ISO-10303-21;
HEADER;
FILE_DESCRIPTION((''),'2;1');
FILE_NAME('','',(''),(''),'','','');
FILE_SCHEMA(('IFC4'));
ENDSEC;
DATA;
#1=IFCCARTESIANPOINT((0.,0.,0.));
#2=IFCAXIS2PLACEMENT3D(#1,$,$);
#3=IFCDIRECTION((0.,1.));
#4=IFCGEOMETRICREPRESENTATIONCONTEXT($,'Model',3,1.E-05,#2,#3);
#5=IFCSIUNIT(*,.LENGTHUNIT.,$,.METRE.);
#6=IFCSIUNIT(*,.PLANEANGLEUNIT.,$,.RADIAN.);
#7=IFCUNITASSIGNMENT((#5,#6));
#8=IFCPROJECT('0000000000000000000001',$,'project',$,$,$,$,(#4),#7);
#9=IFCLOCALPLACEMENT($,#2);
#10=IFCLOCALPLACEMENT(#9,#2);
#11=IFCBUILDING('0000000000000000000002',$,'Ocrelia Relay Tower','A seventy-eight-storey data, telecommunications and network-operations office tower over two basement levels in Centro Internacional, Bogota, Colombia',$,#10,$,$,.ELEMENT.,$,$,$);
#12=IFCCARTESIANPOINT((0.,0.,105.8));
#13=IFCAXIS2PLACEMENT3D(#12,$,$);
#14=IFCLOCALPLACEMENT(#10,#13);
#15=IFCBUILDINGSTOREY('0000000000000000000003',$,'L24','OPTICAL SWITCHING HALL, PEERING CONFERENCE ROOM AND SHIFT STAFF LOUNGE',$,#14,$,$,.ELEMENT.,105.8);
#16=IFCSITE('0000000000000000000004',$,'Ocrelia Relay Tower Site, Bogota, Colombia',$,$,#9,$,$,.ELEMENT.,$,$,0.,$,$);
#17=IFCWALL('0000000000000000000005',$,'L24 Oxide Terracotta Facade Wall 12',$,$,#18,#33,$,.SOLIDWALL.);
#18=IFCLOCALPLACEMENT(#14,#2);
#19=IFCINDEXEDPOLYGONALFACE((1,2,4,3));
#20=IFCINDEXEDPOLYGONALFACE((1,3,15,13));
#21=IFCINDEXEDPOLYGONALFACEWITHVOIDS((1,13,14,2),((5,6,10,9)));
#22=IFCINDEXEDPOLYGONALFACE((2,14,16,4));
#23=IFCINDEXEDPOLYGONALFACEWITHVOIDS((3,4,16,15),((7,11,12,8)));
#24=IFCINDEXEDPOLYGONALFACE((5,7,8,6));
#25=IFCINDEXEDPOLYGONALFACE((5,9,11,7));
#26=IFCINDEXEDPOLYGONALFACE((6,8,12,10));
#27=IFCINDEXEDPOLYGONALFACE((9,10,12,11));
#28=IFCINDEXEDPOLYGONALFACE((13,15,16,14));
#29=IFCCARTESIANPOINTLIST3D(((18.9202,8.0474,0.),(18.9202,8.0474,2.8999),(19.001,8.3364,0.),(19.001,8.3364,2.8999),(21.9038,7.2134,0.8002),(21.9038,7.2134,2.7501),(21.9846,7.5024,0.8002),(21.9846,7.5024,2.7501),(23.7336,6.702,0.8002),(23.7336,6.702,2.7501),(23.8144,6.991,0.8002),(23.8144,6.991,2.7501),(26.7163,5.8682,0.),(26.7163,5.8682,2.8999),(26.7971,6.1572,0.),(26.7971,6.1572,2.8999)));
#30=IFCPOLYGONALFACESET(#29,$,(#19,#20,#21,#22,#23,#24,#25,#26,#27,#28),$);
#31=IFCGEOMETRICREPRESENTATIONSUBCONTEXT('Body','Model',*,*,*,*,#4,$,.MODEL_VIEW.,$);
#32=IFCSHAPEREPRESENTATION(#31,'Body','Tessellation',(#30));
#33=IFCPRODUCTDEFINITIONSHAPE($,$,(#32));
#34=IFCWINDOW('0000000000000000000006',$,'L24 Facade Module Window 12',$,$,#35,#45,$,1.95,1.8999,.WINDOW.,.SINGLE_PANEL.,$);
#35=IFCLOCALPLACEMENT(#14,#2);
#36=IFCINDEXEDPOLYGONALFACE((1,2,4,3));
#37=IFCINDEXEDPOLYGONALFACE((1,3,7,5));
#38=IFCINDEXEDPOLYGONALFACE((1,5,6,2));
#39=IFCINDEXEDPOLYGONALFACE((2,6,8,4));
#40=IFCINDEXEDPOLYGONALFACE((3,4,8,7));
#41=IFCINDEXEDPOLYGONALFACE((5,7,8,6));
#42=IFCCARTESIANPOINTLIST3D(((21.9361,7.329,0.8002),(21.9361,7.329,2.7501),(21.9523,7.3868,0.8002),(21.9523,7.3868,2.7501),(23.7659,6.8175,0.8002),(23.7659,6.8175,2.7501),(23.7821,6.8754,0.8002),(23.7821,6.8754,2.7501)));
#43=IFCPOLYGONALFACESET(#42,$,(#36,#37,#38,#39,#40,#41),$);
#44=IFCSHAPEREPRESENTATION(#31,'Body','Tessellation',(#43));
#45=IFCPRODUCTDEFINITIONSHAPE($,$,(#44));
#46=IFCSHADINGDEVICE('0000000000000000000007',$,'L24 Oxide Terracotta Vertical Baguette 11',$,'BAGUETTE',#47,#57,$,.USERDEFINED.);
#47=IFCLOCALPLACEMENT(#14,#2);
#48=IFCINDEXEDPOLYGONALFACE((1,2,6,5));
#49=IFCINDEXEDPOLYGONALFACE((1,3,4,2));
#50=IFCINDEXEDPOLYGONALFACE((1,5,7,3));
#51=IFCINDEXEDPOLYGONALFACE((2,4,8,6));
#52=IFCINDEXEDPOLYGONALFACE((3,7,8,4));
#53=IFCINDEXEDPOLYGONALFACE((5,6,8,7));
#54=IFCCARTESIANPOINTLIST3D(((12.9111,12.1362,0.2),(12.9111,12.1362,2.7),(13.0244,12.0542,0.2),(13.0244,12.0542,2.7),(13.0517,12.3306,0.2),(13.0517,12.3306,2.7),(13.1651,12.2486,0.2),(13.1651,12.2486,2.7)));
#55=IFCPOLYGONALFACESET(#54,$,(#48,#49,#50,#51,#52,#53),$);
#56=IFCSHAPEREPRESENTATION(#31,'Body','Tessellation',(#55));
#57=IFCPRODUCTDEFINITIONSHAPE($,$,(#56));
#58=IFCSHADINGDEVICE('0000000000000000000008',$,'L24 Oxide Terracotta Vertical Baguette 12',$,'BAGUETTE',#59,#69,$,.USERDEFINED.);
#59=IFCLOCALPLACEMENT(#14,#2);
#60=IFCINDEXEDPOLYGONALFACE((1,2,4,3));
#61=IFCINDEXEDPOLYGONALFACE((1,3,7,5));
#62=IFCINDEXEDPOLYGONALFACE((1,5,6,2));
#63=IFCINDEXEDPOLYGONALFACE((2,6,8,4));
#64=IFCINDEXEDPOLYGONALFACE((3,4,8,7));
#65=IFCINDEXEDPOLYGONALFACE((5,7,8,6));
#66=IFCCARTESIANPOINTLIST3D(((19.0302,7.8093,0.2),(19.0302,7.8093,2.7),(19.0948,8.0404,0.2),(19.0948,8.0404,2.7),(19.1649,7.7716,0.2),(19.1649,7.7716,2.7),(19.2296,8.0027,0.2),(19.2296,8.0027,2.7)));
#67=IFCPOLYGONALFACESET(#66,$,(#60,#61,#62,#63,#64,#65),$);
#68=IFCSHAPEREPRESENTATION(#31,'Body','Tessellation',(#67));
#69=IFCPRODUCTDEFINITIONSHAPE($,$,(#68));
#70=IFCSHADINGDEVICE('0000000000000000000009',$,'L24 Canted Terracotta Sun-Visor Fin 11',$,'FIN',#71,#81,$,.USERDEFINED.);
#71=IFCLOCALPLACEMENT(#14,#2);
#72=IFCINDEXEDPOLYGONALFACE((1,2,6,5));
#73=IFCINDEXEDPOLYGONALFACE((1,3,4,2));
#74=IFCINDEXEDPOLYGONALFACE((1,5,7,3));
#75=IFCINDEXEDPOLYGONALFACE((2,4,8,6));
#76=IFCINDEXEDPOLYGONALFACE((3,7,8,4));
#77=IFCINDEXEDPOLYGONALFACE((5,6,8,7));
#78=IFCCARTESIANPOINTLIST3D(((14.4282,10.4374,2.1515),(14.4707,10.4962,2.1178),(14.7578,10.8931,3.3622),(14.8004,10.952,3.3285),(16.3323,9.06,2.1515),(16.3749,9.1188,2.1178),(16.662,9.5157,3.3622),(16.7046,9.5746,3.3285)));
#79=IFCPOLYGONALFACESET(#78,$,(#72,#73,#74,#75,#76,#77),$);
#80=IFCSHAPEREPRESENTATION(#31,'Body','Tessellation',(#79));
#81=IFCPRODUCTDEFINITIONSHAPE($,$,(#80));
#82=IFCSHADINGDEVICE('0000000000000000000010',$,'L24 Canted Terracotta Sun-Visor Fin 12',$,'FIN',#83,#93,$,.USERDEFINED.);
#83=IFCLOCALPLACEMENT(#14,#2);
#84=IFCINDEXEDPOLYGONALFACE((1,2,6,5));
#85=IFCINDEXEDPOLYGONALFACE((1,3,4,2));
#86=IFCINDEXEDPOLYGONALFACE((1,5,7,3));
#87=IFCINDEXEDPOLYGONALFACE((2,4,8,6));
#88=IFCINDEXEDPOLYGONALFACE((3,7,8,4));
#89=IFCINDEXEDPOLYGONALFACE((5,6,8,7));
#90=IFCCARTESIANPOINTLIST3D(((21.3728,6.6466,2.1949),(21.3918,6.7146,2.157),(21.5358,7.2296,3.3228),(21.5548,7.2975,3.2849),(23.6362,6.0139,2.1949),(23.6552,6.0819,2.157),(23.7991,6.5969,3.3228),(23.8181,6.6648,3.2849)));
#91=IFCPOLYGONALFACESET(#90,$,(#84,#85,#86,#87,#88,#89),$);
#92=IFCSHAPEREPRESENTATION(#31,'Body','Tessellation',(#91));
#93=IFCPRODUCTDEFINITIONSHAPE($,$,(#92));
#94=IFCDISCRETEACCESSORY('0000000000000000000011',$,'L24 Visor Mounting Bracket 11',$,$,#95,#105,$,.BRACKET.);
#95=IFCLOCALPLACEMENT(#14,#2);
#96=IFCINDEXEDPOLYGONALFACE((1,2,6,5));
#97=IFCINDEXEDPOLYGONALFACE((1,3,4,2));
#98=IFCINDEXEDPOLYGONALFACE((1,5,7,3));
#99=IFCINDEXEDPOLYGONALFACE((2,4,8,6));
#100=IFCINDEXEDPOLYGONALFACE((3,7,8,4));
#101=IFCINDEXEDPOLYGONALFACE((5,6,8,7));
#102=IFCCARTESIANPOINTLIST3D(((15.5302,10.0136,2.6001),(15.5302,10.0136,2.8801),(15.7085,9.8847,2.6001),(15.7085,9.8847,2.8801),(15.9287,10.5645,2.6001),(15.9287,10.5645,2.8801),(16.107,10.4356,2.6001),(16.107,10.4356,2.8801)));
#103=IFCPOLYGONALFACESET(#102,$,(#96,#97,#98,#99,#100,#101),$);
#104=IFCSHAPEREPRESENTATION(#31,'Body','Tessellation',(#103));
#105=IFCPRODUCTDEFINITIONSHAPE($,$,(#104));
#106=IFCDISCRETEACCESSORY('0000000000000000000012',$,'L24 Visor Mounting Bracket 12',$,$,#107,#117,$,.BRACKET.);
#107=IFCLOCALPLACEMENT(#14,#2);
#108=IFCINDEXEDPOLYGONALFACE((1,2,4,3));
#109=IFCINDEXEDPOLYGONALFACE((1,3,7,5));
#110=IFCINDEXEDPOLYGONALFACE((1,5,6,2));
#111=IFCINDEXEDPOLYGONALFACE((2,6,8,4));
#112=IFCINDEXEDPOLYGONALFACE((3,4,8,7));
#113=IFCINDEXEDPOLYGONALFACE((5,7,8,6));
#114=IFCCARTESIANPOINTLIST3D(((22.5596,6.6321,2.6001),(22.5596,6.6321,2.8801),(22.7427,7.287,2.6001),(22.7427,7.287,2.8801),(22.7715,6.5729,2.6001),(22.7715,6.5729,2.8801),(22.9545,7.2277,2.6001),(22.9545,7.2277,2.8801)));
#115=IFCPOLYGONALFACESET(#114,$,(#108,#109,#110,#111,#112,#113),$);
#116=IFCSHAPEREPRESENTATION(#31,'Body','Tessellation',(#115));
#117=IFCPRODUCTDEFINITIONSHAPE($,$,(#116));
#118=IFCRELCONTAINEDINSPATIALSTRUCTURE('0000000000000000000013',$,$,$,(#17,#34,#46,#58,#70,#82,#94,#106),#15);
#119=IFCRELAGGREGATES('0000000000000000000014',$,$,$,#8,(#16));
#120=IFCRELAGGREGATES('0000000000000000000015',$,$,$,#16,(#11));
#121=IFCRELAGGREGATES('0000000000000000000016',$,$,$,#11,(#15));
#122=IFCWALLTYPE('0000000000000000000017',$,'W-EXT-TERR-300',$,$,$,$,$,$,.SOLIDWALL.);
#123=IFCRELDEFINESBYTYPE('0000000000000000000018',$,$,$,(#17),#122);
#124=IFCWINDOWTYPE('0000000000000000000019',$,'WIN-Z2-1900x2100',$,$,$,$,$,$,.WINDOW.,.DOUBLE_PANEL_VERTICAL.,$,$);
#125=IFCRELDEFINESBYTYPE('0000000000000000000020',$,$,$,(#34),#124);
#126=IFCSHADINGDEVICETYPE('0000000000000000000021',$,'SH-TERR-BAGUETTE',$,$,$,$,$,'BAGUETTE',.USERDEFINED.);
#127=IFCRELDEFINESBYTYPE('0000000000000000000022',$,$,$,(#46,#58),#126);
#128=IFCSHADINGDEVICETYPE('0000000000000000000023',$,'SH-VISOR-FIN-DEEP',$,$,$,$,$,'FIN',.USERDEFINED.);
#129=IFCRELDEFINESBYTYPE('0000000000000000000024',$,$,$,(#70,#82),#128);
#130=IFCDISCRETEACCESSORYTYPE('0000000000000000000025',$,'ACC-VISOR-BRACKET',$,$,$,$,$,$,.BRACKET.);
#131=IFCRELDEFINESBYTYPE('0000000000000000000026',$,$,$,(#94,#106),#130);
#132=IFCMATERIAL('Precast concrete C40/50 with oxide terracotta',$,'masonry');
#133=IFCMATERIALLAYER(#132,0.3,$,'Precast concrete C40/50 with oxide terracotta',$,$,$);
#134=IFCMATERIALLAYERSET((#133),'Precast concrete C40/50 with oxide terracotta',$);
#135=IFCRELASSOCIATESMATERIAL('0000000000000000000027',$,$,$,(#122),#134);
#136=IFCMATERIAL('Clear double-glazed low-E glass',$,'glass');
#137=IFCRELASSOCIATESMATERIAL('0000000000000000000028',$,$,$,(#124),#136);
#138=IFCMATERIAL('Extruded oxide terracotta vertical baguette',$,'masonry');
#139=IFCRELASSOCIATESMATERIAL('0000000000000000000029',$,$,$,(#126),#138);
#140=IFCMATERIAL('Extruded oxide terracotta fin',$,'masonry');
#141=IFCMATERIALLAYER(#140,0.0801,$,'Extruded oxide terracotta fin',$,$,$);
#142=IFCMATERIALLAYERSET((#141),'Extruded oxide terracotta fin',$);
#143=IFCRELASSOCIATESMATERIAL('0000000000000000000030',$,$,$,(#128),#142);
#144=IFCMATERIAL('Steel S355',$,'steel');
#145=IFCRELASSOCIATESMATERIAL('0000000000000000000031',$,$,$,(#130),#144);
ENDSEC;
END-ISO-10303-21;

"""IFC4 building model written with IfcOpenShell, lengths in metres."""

from ifc_helpers import new_model, si_unit, direction, frame, frame_2d, origin, origin_2d, place, context, subcontext, project, spatial, rectangle, extrude, material, layer, layer_set, type_object, element, fill, save


model = new_model("IFC4")

# Units and contexts
model_context = context("Model", 3, precision=1e-05, world=origin(), true_north=direction((0.0, 1.0)))
body_context = subcontext(model_context, "Body", "Model", "MODEL_VIEW")
ifc_project = project(units=[si_unit("LENGTHUNIT", "METRE"), si_unit("PLANEANGLEUNIT", "RADIAN")], contexts=[model_context])

# Site, building, storey
site_placement = place(None, origin())
site = spatial("IfcSite", under=ifc_project, at=site_placement, Name="Ocrelia Relay Tower Site, Bogota, Colombia", CompositionType="ELEMENT", RefElevation=0.0)
building_placement = place(site_placement, origin())
building = spatial("IfcBuilding", under=site, at=building_placement, Name="Ocrelia Relay Tower", Description="A seventy-eight-storey data, telecommunications and network-operations office tower over two basement levels in Centro Internacional, Bogota, Colombia", CompositionType="ELEMENT")
storey_placement = place(building_placement, frame((0.0, 0.0, 105.8)))
storey = spatial("IfcBuildingStorey", under=building, at=storey_placement, Name="L24", Description="OPTICAL SWITCHING HALL, PEERING CONFERENCE ROOM AND SHIFT STAFF LOUNGE", CompositionType="ELEMENT", Elevation=105.8)

# Shared definitions
ifc_material_1 = material(Name="Steel S355", Category="steel")

# Shared definitions
ifc_material_2 = material(Name="Clear double-glazed low-E glass", Category="glass")

# Wall, opening, window
ifc_material_3 = material(Name="Precast concrete C40/50 with oxide terracotta", Category="masonry")
ifc_layer_1 = layer(ifc_material_3, 0.3, Name="Precast concrete C40/50 with oxide terracotta")
ifc_layer_set_1 = layer_set([ifc_layer_1], Name="Precast concrete C40/50 with oxide terracotta")
wall_type_1 = type_object("IfcWallType", Name="W-EXT-TERR-300", PredefinedType="SOLIDWALL", material=ifc_layer_set_1)
window_type = type_object("IfcWindowType", Name="WIN-Z2-1900x2100", PartitioningType="DOUBLE_PANEL_VERTICAL", PredefinedType="WINDOW", material=ifc_material_2)
wall_1_placement = place(storey_placement, frame((18.9607, 8.1919, 0.0), z_axis=(0.0, 0.0, 1.0), x_axis=(0.963083, -0.269204, 0.0)))
wall_1 = element("IfcWall", 1, at=wall_1_placement, inside=storey, type_object=wall_type_1, Name="L24 Oxide Terracotta Facade Wall 12", PredefinedType="SOLIDWALL", context=body_context, shape_type="SweptSolid", body=[
    extrude(rectangle(XDim=8.095, YDim=0.3, at=frame_2d((4.0474, 0.0))), origin(), (0.0, 0.0, 1.0), 2.8999),
])
opening_1_placement = place(wall_1_placement, frame((3.0979, 0.0, 0.8)))
opening_1 = element("IfcOpeningElement", 2, at=opening_1_placement, cuts=wall_1, PredefinedType="OPENING", context=body_context, shape_type="SweptSolid", body=[
    extrude(rectangle(XDim=1.8999, YDim=1.95, at=frame_2d((0.95, 0.9751))), frame((0.0, 0.1602, 0.0), z_axis=(0.0, -1.0, 0.0), x_axis=(1.0, 0.0, 0.0)), (0.0, 0.0, 1.0), 0.3201),
])
window_1_placement = place(opening_1_placement, origin())
window_1 = element("IfcWindow", 3, at=window_1_placement, inside=storey, type_object=window_type, Name="L24 Facade Module Window 12", OverallHeight=1.95, OverallWidth=1.8999, PartitioningType="SINGLE_PANEL", PredefinedType="WINDOW", context=body_context, shape_type="SweptSolid", body=[
    extrude(rectangle(XDim=1.8999, YDim=1.95, at=frame_2d((0.95, 0.9751))), frame((0.0, 0.03, 0.0), z_axis=(0.0, -1.0, 0.0), x_axis=(1.0, 0.0, 0.0)), (0.0, 0.0, 1.0), 0.0601),
])
fill(opening_1, window_1)

# Shading devices
ifc_material_4 = material(Name="Extruded oxide terracotta vertical baguette", Category="masonry")
shading_device_type_1 = type_object("IfcShadingDeviceType", Name="SH-TERR-BAGUETTE", ElementType="BAGUETTE", PredefinedType="USERDEFINED", material=ifc_material_4)
for number, where, z_axis, x_axis, name in (
    (4, (13.0381, 12.1924, 0.2), (0.0, 0.0, 1.0), (0.810245, -0.586091, 0.0), "L24 Oxide Terracotta Vertical Baguette 11"),
    (5, (19.1299, 7.906, 0.2), (0.0, 0.0, 1.0), (0.963077, -0.269225, 0.0), "L24 Oxide Terracotta Vertical Baguette 12"),
):
    element("IfcShadingDevice", number, at=place(storey_placement, frame(where, z_axis=z_axis, x_axis=x_axis)), inside=storey, type_object=shading_device_type_1, Name=name, ObjectType="BAGUETTE", PredefinedType="USERDEFINED", context=body_context, shape_type="SweptSolid", body=[
        extrude(rectangle(XDim=0.1399, YDim=0.24, at=origin_2d()), origin(), (0.0, 0.0, 1.0), 2.5),
    ])
ifc_material_5 = material(Name="Extruded oxide terracotta fin", Category="masonry")
ifc_layer_2 = layer(ifc_material_5, 0.0801, Name="Extruded oxide terracotta fin")
ifc_layer_set_2 = layer_set([ifc_layer_2], Name="Extruded oxide terracotta fin")
shading_device_type_2 = type_object("IfcShadingDeviceType", Name="SH-VISOR-FIN-DEEP", ElementType="FIN", PredefinedType="USERDEFINED", material=ifc_layer_set_2)
shading_device_1_placement = place(storey_placement, frame((15.5876, 10.0354, 2.7231), z_axis=(-0.531524, -0.734809, 0.421352), x_axis=(0.810245, -0.586091, 0.0)))
element("IfcShadingDevice", 6, at=shading_device_1_placement, inside=storey, type_object=shading_device_type_2, Name="L24 Canted Terracotta Sun-Visor Fin 11", ObjectType="FIN", PredefinedType="USERDEFINED", context=body_context, shape_type="SweptSolid", body=[
    extrude(rectangle(XDim=2.3501, YDim=1.335, at=origin_2d()), origin(), (0.0, 0.0, 1.0), 0.0801),
])
shading_device_2_placement = place(storey_placement, frame((22.605, 6.6897, 2.7209), z_axis=(-0.237224, -0.848604, 0.472858), x_axis=(0.963077, -0.269225, 0.0)))
element("IfcShadingDevice", 7, at=shading_device_2_placement, inside=storey, type_object=shading_device_type_2, Name="L24 Canted Terracotta Sun-Visor Fin 12", ObjectType="FIN", PredefinedType="USERDEFINED", context=body_context, shape_type="SweptSolid", body=[
    extrude(rectangle(XDim=2.3501, YDim=1.28, at=origin_2d()), origin(), (0.0, 0.0, 1.0), 0.0801),
])

# Discrete accessories
discrete_accessory_type = type_object("IfcDiscreteAccessoryType", Name="ACC-VISOR-BRACKET", PredefinedType="BRACKET", material=ifc_material_1)
for number, where, z_axis, x_axis, name in (
    (8, (15.8186, 10.2246, 2.6001), (0.0, 0.0, 1.0), (0.810245, -0.586091, 0.0), "L24 Visor Mounting Bracket 11"),
    (9, (22.7571, 6.9299, 2.6001), (0.0, 0.0, 1.0), (0.963077, -0.269225, 0.0), "L24 Visor Mounting Bracket 12"),
):
    element("IfcDiscreteAccessory", number, at=place(storey_placement, frame(where, z_axis=z_axis, x_axis=x_axis)), inside=storey, type_object=discrete_accessory_type, Name=name, PredefinedType="BRACKET", context=body_context, shape_type="SweptSolid", body=[
        extrude(rectangle(XDim=0.22, YDim=0.6799, at=origin_2d()), origin(), (0.0, 0.0, 1.0), 0.28),
    ])

save(model, "model.ifc")
